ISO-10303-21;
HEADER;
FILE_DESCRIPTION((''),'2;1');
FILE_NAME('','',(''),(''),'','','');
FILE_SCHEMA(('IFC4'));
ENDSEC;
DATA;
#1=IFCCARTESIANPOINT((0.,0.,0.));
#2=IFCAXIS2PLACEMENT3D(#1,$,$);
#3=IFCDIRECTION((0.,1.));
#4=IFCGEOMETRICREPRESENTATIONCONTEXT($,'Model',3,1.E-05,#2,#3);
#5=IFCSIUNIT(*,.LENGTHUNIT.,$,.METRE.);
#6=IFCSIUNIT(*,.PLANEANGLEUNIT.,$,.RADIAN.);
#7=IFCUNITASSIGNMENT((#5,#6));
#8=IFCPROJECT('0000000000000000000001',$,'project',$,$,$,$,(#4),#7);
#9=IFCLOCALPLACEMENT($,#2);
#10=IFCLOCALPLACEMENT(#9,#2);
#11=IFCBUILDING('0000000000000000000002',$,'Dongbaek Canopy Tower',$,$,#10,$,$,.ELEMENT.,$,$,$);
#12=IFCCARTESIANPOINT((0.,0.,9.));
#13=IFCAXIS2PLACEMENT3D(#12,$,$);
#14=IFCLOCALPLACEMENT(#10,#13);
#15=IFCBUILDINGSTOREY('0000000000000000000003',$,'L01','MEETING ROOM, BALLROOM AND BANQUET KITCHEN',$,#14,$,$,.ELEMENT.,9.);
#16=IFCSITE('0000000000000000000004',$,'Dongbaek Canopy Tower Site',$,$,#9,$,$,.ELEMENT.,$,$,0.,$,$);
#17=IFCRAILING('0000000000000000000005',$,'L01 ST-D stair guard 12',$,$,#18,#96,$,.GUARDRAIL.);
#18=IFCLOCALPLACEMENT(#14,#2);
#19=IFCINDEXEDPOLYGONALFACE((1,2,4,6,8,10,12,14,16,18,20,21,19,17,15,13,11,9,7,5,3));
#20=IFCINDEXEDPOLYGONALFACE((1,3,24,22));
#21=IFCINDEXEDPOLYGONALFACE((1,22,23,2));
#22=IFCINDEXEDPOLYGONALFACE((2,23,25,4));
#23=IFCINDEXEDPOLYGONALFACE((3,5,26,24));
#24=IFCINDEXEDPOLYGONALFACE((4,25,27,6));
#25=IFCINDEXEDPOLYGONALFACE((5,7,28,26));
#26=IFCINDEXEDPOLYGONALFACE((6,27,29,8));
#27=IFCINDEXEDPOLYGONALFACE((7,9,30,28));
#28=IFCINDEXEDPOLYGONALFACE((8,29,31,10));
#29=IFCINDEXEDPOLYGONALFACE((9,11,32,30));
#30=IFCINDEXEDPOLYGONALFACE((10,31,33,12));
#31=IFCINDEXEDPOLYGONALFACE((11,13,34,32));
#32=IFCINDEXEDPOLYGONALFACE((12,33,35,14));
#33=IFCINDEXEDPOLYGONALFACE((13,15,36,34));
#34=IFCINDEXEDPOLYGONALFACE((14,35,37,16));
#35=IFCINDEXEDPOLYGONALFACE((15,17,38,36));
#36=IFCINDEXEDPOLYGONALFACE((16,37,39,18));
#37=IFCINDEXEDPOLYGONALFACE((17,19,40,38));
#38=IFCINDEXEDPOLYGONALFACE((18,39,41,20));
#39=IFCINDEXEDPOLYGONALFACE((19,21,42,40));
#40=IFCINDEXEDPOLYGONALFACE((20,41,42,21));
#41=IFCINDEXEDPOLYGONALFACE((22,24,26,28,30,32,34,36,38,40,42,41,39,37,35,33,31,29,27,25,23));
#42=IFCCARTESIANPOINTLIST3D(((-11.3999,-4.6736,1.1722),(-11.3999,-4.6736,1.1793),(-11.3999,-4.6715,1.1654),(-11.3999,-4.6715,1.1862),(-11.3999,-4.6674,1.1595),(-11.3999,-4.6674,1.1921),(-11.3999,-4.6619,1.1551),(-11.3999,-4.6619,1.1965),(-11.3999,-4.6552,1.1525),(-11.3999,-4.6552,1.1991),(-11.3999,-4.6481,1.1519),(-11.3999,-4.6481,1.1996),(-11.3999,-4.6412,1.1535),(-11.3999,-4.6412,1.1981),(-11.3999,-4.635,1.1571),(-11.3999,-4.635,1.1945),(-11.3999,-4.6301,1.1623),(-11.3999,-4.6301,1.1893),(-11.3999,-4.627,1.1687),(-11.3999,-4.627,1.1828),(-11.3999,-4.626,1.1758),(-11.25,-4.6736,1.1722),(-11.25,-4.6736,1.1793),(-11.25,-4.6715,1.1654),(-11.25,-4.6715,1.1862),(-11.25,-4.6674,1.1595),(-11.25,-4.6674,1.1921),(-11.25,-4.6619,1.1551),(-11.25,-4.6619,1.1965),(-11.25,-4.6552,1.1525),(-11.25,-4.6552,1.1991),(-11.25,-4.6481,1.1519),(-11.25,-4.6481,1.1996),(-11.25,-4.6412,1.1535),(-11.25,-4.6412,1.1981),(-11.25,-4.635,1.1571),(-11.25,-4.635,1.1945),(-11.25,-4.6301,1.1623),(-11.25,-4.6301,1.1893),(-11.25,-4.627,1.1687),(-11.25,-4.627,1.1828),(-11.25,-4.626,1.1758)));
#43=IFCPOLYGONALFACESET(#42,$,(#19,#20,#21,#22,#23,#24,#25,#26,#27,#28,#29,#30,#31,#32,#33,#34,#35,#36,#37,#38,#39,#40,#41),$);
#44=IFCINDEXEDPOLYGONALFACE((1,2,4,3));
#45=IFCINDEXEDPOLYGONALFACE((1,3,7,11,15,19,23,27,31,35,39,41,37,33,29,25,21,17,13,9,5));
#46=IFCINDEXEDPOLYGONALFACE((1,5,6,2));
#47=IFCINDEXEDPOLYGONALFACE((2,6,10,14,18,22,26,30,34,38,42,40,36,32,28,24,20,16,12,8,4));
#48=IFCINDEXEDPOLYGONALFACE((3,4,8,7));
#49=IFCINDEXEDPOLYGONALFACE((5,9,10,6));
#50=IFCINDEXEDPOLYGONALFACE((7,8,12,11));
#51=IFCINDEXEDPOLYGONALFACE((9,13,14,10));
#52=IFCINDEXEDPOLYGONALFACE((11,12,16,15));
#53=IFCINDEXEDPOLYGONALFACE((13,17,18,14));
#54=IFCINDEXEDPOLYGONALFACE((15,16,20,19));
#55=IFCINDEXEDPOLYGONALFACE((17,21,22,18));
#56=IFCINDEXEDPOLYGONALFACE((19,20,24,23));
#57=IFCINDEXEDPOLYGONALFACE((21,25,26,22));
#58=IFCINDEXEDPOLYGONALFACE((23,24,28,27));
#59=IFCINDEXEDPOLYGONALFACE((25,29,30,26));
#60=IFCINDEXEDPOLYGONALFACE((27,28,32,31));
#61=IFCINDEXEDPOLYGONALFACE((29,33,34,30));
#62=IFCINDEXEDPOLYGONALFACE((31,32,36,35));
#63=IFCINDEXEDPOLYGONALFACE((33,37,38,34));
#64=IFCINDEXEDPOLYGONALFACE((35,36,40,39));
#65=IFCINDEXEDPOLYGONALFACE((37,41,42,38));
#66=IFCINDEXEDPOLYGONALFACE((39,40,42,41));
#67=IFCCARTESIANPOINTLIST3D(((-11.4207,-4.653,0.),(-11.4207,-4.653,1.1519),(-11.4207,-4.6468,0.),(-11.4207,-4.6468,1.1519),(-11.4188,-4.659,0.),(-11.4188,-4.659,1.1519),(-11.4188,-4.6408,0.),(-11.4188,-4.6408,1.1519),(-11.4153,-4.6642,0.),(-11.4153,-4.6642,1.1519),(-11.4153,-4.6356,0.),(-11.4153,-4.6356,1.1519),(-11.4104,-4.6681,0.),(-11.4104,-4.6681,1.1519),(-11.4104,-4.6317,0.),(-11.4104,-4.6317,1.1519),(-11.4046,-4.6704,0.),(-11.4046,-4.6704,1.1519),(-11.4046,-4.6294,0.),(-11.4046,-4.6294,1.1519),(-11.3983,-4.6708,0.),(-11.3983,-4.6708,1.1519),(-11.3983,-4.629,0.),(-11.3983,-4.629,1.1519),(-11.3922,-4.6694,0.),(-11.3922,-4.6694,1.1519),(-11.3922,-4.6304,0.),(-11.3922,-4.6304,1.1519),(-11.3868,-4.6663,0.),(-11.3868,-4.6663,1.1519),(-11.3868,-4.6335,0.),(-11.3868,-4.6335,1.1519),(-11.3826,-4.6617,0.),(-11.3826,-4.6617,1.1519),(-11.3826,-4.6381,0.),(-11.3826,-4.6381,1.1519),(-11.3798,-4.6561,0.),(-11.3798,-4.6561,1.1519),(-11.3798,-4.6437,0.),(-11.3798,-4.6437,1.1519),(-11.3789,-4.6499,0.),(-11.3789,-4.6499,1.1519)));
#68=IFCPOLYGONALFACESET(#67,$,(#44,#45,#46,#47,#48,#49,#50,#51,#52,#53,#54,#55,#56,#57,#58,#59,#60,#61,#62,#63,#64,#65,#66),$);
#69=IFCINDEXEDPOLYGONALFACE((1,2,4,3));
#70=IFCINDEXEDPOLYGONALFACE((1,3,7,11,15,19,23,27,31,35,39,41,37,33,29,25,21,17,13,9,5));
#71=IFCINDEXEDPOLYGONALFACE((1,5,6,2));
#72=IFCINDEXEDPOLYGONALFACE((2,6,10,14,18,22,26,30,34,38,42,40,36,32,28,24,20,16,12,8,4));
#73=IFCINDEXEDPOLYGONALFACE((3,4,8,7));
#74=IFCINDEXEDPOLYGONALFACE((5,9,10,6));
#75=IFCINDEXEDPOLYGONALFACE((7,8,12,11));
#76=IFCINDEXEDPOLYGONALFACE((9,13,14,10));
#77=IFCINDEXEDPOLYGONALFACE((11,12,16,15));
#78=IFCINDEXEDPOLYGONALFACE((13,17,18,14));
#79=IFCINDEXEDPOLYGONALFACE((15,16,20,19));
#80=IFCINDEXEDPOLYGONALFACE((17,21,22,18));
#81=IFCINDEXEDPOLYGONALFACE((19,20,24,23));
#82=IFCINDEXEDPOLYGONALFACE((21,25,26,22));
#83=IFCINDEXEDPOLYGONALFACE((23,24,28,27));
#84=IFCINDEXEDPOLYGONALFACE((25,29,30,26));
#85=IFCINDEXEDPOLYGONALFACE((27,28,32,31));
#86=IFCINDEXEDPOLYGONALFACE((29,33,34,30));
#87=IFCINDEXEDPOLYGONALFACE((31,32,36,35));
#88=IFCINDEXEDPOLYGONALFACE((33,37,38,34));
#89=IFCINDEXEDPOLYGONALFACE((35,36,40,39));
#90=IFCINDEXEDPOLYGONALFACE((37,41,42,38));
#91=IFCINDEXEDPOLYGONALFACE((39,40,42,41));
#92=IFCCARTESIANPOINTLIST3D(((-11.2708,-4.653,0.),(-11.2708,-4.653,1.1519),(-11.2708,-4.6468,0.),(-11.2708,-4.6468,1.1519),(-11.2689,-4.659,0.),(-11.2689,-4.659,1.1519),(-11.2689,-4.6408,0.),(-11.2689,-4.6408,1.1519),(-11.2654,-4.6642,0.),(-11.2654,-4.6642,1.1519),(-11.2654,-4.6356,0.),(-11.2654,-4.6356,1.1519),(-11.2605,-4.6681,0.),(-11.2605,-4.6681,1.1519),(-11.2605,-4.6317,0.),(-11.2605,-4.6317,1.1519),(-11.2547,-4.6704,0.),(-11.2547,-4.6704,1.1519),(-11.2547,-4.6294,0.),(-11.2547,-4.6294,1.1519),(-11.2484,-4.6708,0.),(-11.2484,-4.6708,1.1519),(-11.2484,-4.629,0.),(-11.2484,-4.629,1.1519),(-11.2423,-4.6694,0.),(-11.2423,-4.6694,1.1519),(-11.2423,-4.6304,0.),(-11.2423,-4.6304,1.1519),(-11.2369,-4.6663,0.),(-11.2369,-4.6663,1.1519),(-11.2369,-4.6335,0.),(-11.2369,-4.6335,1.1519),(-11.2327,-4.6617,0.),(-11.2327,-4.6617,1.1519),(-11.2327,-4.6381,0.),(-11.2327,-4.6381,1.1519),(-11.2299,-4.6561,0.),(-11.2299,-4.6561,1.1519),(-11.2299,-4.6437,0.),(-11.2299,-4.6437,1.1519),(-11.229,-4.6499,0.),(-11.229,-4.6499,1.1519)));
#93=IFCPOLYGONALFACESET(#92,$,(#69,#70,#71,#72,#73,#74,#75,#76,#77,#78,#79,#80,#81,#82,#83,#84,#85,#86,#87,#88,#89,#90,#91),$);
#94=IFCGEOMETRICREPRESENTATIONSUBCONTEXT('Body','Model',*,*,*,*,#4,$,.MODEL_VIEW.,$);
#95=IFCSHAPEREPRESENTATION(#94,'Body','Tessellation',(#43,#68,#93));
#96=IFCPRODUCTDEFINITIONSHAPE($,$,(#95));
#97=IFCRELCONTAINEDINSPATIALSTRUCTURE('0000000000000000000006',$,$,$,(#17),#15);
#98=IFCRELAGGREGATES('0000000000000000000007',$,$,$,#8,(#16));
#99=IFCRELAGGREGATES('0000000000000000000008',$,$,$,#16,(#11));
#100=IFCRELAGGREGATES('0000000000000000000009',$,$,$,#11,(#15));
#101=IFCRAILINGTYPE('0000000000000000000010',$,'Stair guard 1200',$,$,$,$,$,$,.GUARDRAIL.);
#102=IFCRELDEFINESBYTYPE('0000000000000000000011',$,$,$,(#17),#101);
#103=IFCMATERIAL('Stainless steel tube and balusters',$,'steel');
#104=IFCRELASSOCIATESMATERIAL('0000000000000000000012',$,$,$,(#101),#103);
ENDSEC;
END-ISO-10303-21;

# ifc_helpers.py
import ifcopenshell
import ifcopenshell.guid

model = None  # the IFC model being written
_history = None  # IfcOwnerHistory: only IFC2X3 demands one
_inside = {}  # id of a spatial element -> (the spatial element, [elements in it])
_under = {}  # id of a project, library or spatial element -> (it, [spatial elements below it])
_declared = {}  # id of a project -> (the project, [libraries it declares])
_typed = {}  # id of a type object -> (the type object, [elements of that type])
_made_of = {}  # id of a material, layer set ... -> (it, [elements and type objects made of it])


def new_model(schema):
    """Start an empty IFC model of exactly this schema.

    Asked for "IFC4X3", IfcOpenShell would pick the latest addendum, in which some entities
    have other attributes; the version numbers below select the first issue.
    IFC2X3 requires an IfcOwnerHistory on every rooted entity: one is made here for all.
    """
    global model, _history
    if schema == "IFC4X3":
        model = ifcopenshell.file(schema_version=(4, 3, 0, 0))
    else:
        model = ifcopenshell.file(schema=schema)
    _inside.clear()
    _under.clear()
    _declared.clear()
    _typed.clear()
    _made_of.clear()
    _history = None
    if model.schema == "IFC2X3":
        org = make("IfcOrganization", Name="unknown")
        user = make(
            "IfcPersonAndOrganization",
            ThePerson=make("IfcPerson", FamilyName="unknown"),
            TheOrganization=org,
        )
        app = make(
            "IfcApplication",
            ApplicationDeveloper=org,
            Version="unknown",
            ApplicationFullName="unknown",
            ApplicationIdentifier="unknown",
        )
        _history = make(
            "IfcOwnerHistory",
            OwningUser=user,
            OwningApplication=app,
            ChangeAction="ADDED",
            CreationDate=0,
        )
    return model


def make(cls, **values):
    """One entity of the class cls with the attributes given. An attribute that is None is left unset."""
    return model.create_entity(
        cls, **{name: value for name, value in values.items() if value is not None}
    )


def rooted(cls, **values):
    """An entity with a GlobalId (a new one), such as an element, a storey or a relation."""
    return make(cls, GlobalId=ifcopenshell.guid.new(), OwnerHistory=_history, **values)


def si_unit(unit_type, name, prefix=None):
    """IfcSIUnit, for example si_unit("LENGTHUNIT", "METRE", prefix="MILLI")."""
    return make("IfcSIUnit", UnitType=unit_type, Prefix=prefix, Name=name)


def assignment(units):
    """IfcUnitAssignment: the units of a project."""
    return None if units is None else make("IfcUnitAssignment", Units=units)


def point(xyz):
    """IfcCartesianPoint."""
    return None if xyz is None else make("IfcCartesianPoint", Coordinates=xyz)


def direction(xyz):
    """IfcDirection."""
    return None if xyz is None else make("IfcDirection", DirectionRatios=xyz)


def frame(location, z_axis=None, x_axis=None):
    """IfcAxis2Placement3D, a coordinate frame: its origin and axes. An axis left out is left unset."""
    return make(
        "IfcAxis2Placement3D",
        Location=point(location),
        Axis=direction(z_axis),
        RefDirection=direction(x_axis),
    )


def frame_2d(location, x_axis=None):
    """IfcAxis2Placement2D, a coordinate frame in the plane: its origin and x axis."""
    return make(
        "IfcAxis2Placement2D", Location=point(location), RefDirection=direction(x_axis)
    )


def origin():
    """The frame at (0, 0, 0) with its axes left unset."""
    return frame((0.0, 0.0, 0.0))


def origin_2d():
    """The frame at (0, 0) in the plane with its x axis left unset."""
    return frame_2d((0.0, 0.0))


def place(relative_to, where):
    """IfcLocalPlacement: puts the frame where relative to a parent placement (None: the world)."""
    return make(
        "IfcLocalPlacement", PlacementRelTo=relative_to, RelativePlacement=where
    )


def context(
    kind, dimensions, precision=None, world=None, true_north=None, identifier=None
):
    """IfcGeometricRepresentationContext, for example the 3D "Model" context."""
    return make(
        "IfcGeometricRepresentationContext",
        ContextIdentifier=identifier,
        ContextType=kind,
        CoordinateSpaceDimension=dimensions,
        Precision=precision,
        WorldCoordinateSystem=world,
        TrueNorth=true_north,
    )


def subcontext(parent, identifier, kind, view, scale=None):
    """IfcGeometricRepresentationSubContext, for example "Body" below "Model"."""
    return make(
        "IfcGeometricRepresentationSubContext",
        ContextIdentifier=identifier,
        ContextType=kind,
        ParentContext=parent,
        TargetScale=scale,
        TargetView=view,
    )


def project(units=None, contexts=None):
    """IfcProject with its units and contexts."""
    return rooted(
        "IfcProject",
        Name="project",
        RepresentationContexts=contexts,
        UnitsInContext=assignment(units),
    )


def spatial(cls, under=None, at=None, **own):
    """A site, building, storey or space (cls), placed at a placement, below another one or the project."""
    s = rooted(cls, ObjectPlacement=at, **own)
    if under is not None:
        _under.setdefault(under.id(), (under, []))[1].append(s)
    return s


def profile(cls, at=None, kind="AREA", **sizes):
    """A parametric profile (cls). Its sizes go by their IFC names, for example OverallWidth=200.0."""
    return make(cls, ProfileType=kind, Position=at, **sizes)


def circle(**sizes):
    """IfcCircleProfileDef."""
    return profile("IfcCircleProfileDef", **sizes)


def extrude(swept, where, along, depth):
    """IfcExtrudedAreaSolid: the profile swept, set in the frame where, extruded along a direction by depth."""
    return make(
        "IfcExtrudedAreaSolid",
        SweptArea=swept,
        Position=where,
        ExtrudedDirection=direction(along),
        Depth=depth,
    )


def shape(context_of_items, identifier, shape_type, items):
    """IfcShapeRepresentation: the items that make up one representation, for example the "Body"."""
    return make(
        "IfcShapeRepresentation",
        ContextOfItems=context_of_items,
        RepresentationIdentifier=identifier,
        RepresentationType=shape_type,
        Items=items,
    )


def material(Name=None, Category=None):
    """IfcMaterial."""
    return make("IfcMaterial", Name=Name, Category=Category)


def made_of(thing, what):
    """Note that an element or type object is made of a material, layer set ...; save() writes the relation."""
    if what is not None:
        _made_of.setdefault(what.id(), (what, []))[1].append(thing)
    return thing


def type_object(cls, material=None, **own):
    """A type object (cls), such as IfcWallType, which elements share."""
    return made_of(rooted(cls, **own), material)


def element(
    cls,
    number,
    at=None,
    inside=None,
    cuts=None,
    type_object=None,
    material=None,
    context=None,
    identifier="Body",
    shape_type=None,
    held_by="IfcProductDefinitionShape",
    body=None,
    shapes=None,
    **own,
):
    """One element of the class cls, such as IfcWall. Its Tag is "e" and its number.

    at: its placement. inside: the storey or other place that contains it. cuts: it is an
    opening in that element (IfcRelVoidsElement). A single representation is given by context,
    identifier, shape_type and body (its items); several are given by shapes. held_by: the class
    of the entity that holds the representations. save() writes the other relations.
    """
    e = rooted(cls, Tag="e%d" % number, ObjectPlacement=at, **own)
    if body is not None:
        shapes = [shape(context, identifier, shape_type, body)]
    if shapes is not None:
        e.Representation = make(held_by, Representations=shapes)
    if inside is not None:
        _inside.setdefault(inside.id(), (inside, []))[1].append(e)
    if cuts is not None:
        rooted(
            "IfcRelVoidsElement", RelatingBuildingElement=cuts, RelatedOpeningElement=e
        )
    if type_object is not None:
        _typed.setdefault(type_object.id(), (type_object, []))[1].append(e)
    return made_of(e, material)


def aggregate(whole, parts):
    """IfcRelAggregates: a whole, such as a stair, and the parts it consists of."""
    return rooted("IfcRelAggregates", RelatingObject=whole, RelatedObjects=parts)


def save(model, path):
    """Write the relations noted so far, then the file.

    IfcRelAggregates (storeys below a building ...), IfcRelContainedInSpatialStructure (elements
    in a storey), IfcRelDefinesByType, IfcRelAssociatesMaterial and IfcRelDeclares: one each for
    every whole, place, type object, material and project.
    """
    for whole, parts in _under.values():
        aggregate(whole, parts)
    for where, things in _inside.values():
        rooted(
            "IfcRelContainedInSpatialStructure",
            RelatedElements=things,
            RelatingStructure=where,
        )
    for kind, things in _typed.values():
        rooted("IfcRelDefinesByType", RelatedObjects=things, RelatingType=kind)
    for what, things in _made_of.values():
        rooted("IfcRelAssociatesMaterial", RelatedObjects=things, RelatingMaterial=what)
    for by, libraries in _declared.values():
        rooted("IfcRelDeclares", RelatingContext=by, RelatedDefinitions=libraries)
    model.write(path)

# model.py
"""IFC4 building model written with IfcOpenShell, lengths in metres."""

from ifc_helpers import new_model, si_unit, direction, frame, origin, origin_2d, place, context, subcontext, project, spatial, circle, extrude, material, type_object, element, save


model = new_model("IFC4")

# Units and contexts
model_context = context("Model", 3, precision=1e-05, world=origin(), true_north=direction((0.0, 1.0)))
body_context = subcontext(model_context, "Body", "Model", "MODEL_VIEW")
ifc_project = project(units=[si_unit("LENGTHUNIT", "METRE"), si_unit("PLANEANGLEUNIT", "RADIAN")], contexts=[model_context])

# Site, building, storey
site_placement = place(None, origin())
site = spatial("IfcSite", under=ifc_project, at=site_placement, Name="Dongbaek Canopy Tower Site", CompositionType="ELEMENT", RefElevation=0.0)
building_placement = place(site_placement, origin())
building = spatial("IfcBuilding", under=site, at=building_placement, Name="Dongbaek Canopy Tower", CompositionType="ELEMENT")
storey_placement = place(building_placement, frame((0.0, 0.0, 9.0)))
storey = spatial("IfcBuildingStorey", under=building, at=storey_placement, Name="L01", Description="MEETING ROOM, BALLROOM AND BANQUET KITCHEN", CompositionType="ELEMENT", Elevation=9.0)

# Railing
ifc_material_1 = material(Name="Stainless steel tube and balusters", Category="steel")
railing_type_1 = type_object("IfcRailingType", Name="Stair guard 1200", PredefinedType="GUARDRAIL", material=ifc_material_1)
railing_1_placement = place(storey_placement, frame((-11.3999, -4.6499, 0.0)))
element("IfcRailing", 1, at=railing_1_placement, inside=storey, type_object=railing_type_1, Name="L01 ST-D stair guard 12", PredefinedType="GUARDRAIL", context=body_context, shape_type="SweptSolid", body=[
    extrude(circle(Radius=0.0239, at=origin_2d()), frame((0.0, 0.0, 1.1758), z_axis=(1.0, 0.0, 0.0), x_axis=(0.0, 1.0, 0.0)), (0.0, 0.0, 1.0), 0.1499),
    extrude(circle(Radius=0.021, at=origin_2d()), origin(), (0.0, 0.0, 1.0), 1.1519),
    extrude(circle(Radius=0.021, at=origin_2d()), frame((0.1499, 0.0, 0.0)), (0.0, 0.0, 1.0), 1.1519),
])

save(model, "model.ifc")
